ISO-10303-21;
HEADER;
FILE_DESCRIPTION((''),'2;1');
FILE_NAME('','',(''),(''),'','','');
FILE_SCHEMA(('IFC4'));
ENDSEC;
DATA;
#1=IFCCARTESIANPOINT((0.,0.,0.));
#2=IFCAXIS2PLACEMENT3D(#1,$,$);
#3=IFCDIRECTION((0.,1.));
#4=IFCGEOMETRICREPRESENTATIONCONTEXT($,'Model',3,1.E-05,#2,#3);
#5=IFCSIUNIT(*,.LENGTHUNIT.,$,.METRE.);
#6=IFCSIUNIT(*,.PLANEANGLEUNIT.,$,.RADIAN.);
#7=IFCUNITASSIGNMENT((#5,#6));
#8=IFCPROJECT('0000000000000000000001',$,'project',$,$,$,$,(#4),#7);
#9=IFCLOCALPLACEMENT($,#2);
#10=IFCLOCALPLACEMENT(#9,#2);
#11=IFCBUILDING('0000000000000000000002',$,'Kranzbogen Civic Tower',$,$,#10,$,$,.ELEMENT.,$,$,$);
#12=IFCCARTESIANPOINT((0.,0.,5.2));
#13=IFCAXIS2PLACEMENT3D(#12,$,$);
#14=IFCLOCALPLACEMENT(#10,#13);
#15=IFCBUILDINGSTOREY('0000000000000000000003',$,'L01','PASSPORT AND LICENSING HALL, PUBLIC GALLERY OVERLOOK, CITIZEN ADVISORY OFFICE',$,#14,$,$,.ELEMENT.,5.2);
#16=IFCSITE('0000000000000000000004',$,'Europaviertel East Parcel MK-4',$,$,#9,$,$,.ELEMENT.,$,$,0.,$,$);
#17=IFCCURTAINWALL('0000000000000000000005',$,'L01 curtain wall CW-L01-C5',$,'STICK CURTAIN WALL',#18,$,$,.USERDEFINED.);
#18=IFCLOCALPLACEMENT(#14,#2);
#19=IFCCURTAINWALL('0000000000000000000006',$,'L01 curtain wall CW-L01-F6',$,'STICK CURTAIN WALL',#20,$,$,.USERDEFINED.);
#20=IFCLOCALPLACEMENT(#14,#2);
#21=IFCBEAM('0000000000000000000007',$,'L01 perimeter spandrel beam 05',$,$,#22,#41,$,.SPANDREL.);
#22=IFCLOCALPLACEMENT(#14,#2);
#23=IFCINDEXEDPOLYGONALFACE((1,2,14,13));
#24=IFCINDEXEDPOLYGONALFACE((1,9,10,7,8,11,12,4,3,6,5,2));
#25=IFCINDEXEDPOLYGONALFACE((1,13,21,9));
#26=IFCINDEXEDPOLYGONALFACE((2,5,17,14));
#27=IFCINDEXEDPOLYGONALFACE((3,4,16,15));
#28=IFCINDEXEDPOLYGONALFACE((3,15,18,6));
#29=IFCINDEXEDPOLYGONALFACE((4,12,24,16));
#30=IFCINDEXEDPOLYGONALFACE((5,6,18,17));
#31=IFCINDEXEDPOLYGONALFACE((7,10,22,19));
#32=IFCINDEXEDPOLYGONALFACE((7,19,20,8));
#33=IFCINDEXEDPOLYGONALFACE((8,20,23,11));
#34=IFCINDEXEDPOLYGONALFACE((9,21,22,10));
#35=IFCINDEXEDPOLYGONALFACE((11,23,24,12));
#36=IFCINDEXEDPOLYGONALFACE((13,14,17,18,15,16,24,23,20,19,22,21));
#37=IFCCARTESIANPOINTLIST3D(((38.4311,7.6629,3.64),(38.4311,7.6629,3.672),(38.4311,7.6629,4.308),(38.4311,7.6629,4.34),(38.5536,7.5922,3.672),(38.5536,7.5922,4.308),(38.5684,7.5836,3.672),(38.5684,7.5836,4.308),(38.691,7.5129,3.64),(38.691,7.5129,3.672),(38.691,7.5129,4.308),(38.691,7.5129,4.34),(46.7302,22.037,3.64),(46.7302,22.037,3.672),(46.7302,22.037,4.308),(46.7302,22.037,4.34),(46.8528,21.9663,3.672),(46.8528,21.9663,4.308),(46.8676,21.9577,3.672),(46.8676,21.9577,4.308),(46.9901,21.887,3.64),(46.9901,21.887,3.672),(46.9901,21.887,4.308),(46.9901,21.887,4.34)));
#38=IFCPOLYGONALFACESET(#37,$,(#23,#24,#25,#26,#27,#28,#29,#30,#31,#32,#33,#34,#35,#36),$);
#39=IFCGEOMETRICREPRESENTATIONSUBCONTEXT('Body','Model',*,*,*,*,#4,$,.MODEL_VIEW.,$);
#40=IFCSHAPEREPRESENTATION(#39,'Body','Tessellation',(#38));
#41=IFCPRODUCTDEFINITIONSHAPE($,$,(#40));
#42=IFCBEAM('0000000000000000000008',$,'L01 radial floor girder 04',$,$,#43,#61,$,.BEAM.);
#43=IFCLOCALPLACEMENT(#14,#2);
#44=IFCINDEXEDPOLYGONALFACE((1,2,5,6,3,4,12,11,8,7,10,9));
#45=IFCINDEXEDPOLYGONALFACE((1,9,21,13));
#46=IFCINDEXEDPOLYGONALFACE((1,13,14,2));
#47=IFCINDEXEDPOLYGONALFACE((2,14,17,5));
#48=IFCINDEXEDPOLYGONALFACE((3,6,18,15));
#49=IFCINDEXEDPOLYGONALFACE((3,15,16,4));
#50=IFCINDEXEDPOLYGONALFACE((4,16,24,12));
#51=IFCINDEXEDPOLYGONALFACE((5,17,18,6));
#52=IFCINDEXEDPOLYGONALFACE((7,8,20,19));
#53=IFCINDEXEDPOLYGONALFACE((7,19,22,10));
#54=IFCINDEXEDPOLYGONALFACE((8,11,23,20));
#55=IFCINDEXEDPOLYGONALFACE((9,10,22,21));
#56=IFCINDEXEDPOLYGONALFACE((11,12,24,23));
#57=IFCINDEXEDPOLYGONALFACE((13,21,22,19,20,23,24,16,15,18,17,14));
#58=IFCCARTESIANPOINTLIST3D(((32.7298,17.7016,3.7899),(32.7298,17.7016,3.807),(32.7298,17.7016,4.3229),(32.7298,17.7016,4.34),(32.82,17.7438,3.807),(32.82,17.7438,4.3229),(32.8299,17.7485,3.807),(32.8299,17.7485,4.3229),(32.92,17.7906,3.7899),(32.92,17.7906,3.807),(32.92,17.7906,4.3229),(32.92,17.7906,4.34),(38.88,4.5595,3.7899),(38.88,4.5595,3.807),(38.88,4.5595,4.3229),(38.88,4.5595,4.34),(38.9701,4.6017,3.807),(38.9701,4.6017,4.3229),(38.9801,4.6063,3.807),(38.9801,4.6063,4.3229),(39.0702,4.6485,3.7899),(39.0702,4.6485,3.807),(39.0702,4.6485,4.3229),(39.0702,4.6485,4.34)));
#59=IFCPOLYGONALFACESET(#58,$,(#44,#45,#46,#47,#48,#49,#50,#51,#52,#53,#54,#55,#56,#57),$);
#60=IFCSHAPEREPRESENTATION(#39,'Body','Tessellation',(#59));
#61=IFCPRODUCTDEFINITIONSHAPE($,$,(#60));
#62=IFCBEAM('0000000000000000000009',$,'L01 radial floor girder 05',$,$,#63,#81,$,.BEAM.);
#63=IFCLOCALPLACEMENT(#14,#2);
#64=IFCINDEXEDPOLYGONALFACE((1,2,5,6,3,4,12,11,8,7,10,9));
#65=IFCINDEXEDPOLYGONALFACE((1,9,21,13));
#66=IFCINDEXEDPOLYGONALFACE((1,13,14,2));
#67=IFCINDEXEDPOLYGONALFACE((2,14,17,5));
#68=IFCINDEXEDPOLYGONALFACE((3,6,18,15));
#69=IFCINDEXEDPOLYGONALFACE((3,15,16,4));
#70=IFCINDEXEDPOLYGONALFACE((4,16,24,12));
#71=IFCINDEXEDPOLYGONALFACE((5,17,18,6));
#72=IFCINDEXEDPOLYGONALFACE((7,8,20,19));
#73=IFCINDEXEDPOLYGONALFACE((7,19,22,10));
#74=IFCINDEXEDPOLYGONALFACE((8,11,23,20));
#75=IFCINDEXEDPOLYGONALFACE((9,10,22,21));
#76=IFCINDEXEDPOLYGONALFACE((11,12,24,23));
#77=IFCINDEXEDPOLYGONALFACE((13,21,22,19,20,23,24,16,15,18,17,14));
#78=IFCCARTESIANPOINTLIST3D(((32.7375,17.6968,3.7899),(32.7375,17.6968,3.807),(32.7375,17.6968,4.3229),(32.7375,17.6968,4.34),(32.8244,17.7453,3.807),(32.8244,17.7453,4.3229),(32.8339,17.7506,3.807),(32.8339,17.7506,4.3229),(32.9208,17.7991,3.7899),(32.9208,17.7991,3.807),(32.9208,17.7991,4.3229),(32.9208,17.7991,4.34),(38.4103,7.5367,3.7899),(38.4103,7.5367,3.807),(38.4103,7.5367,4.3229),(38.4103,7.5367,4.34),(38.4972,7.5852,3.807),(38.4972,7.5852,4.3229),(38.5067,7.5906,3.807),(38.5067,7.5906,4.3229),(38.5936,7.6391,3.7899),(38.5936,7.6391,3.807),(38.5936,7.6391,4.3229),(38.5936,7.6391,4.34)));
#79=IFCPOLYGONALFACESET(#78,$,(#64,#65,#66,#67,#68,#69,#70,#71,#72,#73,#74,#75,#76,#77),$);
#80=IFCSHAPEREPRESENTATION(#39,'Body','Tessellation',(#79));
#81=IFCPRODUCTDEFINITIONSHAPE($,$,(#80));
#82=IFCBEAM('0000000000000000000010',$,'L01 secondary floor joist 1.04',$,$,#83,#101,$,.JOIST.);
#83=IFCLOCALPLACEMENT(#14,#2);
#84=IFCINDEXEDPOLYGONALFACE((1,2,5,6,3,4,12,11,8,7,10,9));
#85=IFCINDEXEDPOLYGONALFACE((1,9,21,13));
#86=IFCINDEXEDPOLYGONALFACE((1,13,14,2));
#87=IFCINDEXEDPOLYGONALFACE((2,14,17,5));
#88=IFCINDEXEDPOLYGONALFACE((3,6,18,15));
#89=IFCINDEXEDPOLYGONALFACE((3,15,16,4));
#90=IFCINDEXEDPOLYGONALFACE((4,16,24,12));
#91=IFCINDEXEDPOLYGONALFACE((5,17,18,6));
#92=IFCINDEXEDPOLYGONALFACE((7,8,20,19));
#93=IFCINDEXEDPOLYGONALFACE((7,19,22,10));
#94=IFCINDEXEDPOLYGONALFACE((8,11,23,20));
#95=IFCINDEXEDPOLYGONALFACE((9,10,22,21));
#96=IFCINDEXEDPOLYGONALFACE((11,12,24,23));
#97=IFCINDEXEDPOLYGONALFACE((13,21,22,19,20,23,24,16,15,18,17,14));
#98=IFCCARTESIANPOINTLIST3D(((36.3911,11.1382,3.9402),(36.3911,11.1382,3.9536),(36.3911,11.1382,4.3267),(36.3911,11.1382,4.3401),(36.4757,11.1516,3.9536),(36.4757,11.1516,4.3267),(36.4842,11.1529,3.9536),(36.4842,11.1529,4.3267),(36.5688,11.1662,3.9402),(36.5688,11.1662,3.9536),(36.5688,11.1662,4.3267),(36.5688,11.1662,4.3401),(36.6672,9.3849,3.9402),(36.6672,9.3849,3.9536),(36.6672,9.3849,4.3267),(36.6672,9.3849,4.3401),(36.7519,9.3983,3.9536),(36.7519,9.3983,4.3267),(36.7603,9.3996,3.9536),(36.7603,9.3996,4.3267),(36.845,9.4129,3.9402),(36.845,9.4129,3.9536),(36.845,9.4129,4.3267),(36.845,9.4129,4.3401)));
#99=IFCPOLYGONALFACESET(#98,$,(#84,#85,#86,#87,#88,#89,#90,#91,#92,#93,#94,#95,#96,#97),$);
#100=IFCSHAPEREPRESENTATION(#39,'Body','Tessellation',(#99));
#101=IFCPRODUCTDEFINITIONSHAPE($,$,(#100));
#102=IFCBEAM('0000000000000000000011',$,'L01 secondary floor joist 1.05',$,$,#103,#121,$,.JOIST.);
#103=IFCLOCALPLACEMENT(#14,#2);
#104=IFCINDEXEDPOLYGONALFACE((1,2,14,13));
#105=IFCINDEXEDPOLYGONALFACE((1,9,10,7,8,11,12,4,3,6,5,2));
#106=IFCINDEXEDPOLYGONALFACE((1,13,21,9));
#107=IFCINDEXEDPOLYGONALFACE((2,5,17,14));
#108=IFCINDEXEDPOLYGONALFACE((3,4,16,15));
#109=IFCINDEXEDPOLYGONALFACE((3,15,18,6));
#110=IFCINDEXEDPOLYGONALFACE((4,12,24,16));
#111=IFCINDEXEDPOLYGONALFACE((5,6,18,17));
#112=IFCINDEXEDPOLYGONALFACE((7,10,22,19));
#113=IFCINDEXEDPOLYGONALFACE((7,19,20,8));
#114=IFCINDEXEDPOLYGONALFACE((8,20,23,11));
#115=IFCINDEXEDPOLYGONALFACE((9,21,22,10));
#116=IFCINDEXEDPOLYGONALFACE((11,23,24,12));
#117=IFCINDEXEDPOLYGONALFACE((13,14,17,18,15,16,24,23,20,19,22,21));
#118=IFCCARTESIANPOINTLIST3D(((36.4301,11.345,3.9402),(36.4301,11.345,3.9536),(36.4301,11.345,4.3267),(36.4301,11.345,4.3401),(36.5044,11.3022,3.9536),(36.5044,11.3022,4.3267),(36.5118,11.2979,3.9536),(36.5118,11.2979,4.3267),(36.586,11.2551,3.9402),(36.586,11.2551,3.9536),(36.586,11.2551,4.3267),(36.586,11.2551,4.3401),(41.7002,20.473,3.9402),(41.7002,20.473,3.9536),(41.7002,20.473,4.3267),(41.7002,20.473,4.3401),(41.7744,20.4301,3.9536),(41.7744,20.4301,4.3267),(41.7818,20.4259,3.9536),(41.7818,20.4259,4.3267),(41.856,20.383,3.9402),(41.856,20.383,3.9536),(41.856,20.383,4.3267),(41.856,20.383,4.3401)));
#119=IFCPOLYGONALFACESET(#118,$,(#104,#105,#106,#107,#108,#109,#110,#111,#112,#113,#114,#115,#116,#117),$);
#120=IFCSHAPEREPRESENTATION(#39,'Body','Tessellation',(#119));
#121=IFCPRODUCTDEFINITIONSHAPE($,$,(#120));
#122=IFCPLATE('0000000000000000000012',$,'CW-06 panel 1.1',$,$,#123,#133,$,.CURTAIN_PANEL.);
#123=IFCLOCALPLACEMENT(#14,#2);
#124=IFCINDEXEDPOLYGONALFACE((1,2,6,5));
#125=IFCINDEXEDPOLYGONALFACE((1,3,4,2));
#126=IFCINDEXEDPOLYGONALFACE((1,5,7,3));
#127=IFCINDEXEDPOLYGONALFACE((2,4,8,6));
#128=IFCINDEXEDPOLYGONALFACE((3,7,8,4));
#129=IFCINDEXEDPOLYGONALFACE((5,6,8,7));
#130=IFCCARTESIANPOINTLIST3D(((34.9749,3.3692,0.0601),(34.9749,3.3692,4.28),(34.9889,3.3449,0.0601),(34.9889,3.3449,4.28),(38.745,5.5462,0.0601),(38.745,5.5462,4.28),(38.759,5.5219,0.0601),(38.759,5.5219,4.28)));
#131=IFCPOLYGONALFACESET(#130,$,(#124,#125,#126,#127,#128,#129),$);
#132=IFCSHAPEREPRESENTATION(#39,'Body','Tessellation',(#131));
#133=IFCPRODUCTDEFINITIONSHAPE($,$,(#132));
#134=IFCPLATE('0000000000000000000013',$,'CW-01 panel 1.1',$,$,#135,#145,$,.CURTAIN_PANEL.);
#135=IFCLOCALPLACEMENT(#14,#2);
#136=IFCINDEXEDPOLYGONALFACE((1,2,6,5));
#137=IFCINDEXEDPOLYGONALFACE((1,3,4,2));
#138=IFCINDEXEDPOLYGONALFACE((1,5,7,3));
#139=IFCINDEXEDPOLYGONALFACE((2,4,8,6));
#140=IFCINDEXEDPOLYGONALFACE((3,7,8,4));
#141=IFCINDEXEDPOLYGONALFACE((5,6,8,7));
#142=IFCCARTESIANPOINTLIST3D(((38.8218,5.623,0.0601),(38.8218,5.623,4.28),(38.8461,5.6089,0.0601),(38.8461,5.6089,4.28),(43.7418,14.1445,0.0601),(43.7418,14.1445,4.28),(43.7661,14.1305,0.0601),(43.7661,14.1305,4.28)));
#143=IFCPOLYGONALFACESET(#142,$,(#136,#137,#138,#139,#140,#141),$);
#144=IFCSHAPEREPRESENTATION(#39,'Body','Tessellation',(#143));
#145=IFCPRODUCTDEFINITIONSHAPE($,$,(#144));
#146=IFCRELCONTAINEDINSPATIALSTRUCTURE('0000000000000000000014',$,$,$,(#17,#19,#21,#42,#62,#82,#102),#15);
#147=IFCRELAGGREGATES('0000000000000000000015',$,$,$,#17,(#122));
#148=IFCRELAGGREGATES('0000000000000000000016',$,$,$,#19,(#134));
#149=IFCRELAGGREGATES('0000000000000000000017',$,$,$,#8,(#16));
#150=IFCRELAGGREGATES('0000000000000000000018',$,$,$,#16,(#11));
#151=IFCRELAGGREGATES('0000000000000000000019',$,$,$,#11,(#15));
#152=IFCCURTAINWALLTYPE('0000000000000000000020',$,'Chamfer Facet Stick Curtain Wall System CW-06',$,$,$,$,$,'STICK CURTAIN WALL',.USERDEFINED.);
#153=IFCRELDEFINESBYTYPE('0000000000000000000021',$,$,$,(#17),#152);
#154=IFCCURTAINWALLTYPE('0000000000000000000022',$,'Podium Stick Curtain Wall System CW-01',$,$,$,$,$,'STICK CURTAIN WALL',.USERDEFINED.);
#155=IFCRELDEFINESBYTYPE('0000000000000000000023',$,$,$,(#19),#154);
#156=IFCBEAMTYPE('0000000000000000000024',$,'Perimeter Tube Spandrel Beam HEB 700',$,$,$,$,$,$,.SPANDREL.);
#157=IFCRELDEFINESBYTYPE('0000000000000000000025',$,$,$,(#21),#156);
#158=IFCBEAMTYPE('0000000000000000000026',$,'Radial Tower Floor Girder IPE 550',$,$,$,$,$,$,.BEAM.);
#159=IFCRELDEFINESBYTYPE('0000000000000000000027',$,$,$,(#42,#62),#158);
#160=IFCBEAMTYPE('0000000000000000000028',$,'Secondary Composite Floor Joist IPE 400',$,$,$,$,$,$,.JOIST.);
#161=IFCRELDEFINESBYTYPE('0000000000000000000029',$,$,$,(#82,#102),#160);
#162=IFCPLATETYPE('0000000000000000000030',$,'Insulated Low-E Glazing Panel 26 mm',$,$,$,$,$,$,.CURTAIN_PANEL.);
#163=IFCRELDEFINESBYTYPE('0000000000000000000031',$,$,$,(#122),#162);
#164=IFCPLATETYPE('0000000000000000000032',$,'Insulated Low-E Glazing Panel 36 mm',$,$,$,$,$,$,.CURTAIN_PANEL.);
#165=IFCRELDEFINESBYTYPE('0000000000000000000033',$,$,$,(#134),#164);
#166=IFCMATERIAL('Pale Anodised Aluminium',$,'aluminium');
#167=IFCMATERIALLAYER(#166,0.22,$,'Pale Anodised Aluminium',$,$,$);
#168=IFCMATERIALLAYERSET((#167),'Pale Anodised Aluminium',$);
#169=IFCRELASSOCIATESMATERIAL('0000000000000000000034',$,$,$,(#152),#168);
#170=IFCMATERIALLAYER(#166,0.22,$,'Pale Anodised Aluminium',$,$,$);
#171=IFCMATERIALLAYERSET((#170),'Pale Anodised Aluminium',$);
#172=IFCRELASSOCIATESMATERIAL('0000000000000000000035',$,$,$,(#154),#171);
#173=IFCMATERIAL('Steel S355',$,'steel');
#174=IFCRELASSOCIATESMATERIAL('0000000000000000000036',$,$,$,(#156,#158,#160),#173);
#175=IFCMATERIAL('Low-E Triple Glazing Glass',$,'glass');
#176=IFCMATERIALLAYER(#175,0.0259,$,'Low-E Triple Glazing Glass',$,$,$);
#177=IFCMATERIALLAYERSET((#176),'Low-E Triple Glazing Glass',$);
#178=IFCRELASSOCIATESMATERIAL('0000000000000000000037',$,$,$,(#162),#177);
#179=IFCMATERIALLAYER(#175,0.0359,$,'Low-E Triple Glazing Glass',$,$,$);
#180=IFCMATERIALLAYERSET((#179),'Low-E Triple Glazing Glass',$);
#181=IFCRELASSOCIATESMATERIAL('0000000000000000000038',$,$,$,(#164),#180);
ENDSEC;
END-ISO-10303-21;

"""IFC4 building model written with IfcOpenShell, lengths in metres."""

from ifc_helpers import new_model, si_unit, direction, frame, origin, origin_2d, place, context, subcontext, project, spatial, rectangle, i_section, extrude, material, layer, layer_set, material_profile, profile_set, type_object, element, aggregate, save


model = new_model("IFC4")

# Units and contexts
model_context = context("Model", 3, precision=1e-05, world=origin(), true_north=direction((0.0, 1.0)))
body_context = subcontext(model_context, "Body", "Model", "MODEL_VIEW")
ifc_project = project(units=[si_unit("LENGTHUNIT", "METRE"), si_unit("PLANEANGLEUNIT", "RADIAN")], contexts=[model_context])

# Site, building, storey
site_placement = place(None, origin())
site = spatial("IfcSite", under=ifc_project, at=site_placement, Name="Europaviertel East Parcel MK-4", CompositionType="ELEMENT", RefElevation=0.0)
building_placement = place(site_placement, origin())
building = spatial("IfcBuilding", under=site, at=building_placement, Name="Kranzbogen Civic Tower", CompositionType="ELEMENT")
storey_placement = place(building_placement, frame((0.0, 0.0, 5.2)))
storey = spatial("IfcBuildingStorey", under=building, at=storey_placement, Name="L01", Description="PASSPORT AND LICENSING HALL, PUBLIC GALLERY OVERLOOK, CITIZEN ADVISORY OFFICE", CompositionType="ELEMENT", Elevation=5.2)

# Curtain wall
ifc_material_1 = material(Name="Pale Anodised Aluminium", Category="aluminium")
ifc_layer_1 = layer(ifc_material_1, 0.22, Name="Pale Anodised Aluminium")
ifc_layer_set_1 = layer_set([ifc_layer_1], Name="Pale Anodised Aluminium")
curtain_wall_type_1 = type_object("IfcCurtainWallType", Name="Chamfer Facet Stick Curtain Wall System CW-06", ElementType="STICK CURTAIN WALL", PredefinedType="USERDEFINED", material=ifc_layer_set_1)
curtain_wall_1_placement = place(storey_placement, origin())
curtain_wall_1 = element("IfcCurtainWall", 1, at=curtain_wall_1_placement, inside=storey, type_object=curtain_wall_type_1, Name="L01 curtain wall CW-L01-C5", ObjectType="STICK CURTAIN WALL", PredefinedType="USERDEFINED")

# Curtain wall
ifc_layer_2 = layer(ifc_material_1, 0.22, Name="Pale Anodised Aluminium")
ifc_layer_set_2 = layer_set([ifc_layer_2], Name="Pale Anodised Aluminium")
curtain_wall_type_2 = type_object("IfcCurtainWallType", Name="Podium Stick Curtain Wall System CW-01", ElementType="STICK CURTAIN WALL", PredefinedType="USERDEFINED", material=ifc_layer_set_2)
curtain_wall_2_placement = place(storey_placement, origin())
curtain_wall_2 = element("IfcCurtainWall", 2, at=curtain_wall_2_placement, inside=storey, type_object=curtain_wall_type_2, Name="L01 curtain wall CW-L01-F6", ObjectType="STICK CURTAIN WALL", PredefinedType="USERDEFINED")

# Beams
ifc_material_2 = material(Name="Steel S355", Category="steel")
ifc_material_profile_1 = material_profile(ifc_material_2, i_section(OverallWidth=0.3, OverallDepth=0.7, WebThickness=0.0171, FlangeThickness=0.032, at=origin_2d()), Name="HEB 700")
ifc_profile_set_1 = profile_set([ifc_material_profile_1], Name="Steel S355")
beam_type_1 = type_object("IfcBeamType", Name="Perimeter Tube Spandrel Beam HEB 700", PredefinedType="SPANDREL", material=ifc_profile_set_1)
beam_1_placement = place(storey_placement, frame((38.561, 7.5879, 3.99), z_axis=(0.50001, 0.86602, 0.0), x_axis=(-0.86602, 0.50001, 0.0)))
element("IfcBeam", 3, at=beam_1_placement, inside=storey, type_object=beam_type_1, Name="L01 perimeter spandrel beam 05", PredefinedType="SPANDREL", context=body_context, shape_type="SweptSolid", body=[
    extrude(i_section(OverallWidth=0.3, OverallDepth=0.7, WebThickness=0.0171, FlangeThickness=0.032, at=origin_2d()), origin(), (0.0, 0.0, 1.0), 16.5979),
])
ifc_material_profile_2 = material_profile(ifc_material_2, i_section(OverallWidth=0.21, OverallDepth=0.55, WebThickness=0.011, FlangeThickness=0.0171, at=origin_2d()), Name="IPE 550")
ifc_profile_set_2 = profile_set([ifc_material_profile_2], Name="Steel S355")
beam_type_2 = type_object("IfcBeamType", Name="Radial Tower Floor Girder IPE 550", PredefinedType="BEAM", material=ifc_profile_set_2)
beam_2_placement = place(storey_placement, frame((38.9751, 4.604, 4.0649), z_axis=(-0.423857, 0.905729, 0.0), x_axis=(-0.905729, -0.423857, 0.0)))
element("IfcBeam", 4, at=beam_2_placement, inside=storey, type_object=beam_type_2, Name="L01 radial floor girder 04", PredefinedType="BEAM", context=body_context, shape_type="SweptSolid", body=[
    extrude(i_section(OverallWidth=0.21, OverallDepth=0.55, WebThickness=0.011, FlangeThickness=0.0171, at=origin_2d()), origin(), (0.0, 0.0, 1.0), 14.51),
])
beam_3_placement = place(storey_placement, frame((38.502, 7.5879, 4.0649), z_axis=(-0.487502, 0.873122, 0.0), x_axis=(-0.873122, -0.487502, 0.0)))
element("IfcBeam", 5, at=beam_3_placement, inside=storey, type_object=beam_type_2, Name="L01 radial floor girder 05", PredefinedType="BEAM", context=body_context, shape_type="SweptSolid", body=[
    extrude(i_section(OverallWidth=0.21, OverallDepth=0.55, WebThickness=0.011, FlangeThickness=0.0171, at=origin_2d()), origin(), (0.0, 0.0, 1.0), 11.6365),
])
ifc_material_profile_3 = material_profile(ifc_material_2, i_section(OverallWidth=0.1799, OverallDepth=0.3999, WebThickness=0.0085, FlangeThickness=0.0134, at=origin_2d()), Name="IPE 400")
ifc_profile_set_3 = profile_set([ifc_material_profile_3], Name="Steel S355")
beam_type_3 = type_object("IfcBeamType", Name="Secondary Composite Floor Joist IPE 400", PredefinedType="JOIST", material=ifc_profile_set_3)
beam_4_placement = place(storey_placement, frame((36.7561, 9.3989, 4.1401), z_axis=(-0.155581, 0.987823, 0.0), x_axis=(-0.987823, -0.155581, 0.0)))
element("IfcBeam", 6, at=beam_4_placement, inside=storey, type_object=beam_type_3, Name="L01 secondary floor joist 1.04", PredefinedType="JOIST", context=body_context, shape_type="SweptSolid", body=[
    extrude(i_section(OverallWidth=0.1799, OverallDepth=0.3999, WebThickness=0.0085, FlangeThickness=0.0134, at=origin_2d()), origin(), (0.0, 0.0, 1.0), 1.7749),
])
beam_5_placement = place(storey_placement, frame((36.5081, 11.3, 4.1401), z_axis=(0.5, 0.866025, 0.0), x_axis=(-0.866025, 0.5, 0.0)))
element("IfcBeam", 7, at=beam_5_placement, inside=storey, type_object=beam_type_3, Name="L01 secondary floor joist 1.05", PredefinedType="JOIST", context=body_context, shape_type="SweptSolid", body=[
    extrude(i_section(OverallWidth=0.1799, OverallDepth=0.3999, WebThickness=0.0085, FlangeThickness=0.0134, at=origin_2d()), origin(), (0.0, 0.0, 1.0), 10.54),
])

# Plates
ifc_material_3 = material(Name="Low-E Triple Glazing Glass", Category="glass")
ifc_layer_3 = layer(ifc_material_3, 0.0259, Name="Low-E Triple Glazing Glass")
ifc_layer_set_3 = layer_set([ifc_layer_3], Name="Low-E Triple Glazing Glass")
plate_type_1 = type_object("IfcPlateType", Name="Insulated Low-E Glazing Panel 26 mm", PredefinedType="CURTAIN_PANEL", material=ifc_layer_set_3)
plate_1_placement = place(storey_placement, frame((36.8669, 4.4456, 0.0601), z_axis=(0.0, 0.0, 1.0), x_axis=(0.865992, 0.500058, 0.0)))
plate_1 = element("IfcPlate", 8, at=plate_1_placement, type_object=plate_type_1, Name="CW-06 panel 1.1", PredefinedType="CURTAIN_PANEL", context=body_context, shape_type="SweptSolid", body=[
    extrude(rectangle(XDim=4.3535, YDim=0.0281, at=origin_2d()), origin(), (0.0, 0.0, 1.0), 4.22),
])
aggregate(curtain_wall_1, [plate_1])
ifc_layer_4 = layer(ifc_material_3, 0.0359, Name="Low-E Triple Glazing Glass")
ifc_layer_set_4 = layer_set([ifc_layer_4], Name="Low-E Triple Glazing Glass")
plate_type_2 = type_object("IfcPlateType", Name="Insulated Low-E Glazing Panel 36 mm", PredefinedType="CURTAIN_PANEL", material=ifc_layer_set_4)
plate_2_placement = place(storey_placement, frame((41.2939, 9.8767, 0.0601), z_axis=(0.0, 0.0, 1.0), x_axis=(0.500006, 0.866022, 0.0)))
plate_2 = element("IfcPlate", 9, at=plate_2_placement, type_object=plate_type_2, Name="CW-01 panel 1.1", PredefinedType="CURTAIN_PANEL", context=body_context, shape_type="SweptSolid", body=[
    extrude(rectangle(XDim=9.8398, YDim=0.0281, at=origin_2d()), origin(), (0.0, 0.0, 1.0), 4.22),
])
aggregate(curtain_wall_2, [plate_2])

save(model, "model.ifc")
